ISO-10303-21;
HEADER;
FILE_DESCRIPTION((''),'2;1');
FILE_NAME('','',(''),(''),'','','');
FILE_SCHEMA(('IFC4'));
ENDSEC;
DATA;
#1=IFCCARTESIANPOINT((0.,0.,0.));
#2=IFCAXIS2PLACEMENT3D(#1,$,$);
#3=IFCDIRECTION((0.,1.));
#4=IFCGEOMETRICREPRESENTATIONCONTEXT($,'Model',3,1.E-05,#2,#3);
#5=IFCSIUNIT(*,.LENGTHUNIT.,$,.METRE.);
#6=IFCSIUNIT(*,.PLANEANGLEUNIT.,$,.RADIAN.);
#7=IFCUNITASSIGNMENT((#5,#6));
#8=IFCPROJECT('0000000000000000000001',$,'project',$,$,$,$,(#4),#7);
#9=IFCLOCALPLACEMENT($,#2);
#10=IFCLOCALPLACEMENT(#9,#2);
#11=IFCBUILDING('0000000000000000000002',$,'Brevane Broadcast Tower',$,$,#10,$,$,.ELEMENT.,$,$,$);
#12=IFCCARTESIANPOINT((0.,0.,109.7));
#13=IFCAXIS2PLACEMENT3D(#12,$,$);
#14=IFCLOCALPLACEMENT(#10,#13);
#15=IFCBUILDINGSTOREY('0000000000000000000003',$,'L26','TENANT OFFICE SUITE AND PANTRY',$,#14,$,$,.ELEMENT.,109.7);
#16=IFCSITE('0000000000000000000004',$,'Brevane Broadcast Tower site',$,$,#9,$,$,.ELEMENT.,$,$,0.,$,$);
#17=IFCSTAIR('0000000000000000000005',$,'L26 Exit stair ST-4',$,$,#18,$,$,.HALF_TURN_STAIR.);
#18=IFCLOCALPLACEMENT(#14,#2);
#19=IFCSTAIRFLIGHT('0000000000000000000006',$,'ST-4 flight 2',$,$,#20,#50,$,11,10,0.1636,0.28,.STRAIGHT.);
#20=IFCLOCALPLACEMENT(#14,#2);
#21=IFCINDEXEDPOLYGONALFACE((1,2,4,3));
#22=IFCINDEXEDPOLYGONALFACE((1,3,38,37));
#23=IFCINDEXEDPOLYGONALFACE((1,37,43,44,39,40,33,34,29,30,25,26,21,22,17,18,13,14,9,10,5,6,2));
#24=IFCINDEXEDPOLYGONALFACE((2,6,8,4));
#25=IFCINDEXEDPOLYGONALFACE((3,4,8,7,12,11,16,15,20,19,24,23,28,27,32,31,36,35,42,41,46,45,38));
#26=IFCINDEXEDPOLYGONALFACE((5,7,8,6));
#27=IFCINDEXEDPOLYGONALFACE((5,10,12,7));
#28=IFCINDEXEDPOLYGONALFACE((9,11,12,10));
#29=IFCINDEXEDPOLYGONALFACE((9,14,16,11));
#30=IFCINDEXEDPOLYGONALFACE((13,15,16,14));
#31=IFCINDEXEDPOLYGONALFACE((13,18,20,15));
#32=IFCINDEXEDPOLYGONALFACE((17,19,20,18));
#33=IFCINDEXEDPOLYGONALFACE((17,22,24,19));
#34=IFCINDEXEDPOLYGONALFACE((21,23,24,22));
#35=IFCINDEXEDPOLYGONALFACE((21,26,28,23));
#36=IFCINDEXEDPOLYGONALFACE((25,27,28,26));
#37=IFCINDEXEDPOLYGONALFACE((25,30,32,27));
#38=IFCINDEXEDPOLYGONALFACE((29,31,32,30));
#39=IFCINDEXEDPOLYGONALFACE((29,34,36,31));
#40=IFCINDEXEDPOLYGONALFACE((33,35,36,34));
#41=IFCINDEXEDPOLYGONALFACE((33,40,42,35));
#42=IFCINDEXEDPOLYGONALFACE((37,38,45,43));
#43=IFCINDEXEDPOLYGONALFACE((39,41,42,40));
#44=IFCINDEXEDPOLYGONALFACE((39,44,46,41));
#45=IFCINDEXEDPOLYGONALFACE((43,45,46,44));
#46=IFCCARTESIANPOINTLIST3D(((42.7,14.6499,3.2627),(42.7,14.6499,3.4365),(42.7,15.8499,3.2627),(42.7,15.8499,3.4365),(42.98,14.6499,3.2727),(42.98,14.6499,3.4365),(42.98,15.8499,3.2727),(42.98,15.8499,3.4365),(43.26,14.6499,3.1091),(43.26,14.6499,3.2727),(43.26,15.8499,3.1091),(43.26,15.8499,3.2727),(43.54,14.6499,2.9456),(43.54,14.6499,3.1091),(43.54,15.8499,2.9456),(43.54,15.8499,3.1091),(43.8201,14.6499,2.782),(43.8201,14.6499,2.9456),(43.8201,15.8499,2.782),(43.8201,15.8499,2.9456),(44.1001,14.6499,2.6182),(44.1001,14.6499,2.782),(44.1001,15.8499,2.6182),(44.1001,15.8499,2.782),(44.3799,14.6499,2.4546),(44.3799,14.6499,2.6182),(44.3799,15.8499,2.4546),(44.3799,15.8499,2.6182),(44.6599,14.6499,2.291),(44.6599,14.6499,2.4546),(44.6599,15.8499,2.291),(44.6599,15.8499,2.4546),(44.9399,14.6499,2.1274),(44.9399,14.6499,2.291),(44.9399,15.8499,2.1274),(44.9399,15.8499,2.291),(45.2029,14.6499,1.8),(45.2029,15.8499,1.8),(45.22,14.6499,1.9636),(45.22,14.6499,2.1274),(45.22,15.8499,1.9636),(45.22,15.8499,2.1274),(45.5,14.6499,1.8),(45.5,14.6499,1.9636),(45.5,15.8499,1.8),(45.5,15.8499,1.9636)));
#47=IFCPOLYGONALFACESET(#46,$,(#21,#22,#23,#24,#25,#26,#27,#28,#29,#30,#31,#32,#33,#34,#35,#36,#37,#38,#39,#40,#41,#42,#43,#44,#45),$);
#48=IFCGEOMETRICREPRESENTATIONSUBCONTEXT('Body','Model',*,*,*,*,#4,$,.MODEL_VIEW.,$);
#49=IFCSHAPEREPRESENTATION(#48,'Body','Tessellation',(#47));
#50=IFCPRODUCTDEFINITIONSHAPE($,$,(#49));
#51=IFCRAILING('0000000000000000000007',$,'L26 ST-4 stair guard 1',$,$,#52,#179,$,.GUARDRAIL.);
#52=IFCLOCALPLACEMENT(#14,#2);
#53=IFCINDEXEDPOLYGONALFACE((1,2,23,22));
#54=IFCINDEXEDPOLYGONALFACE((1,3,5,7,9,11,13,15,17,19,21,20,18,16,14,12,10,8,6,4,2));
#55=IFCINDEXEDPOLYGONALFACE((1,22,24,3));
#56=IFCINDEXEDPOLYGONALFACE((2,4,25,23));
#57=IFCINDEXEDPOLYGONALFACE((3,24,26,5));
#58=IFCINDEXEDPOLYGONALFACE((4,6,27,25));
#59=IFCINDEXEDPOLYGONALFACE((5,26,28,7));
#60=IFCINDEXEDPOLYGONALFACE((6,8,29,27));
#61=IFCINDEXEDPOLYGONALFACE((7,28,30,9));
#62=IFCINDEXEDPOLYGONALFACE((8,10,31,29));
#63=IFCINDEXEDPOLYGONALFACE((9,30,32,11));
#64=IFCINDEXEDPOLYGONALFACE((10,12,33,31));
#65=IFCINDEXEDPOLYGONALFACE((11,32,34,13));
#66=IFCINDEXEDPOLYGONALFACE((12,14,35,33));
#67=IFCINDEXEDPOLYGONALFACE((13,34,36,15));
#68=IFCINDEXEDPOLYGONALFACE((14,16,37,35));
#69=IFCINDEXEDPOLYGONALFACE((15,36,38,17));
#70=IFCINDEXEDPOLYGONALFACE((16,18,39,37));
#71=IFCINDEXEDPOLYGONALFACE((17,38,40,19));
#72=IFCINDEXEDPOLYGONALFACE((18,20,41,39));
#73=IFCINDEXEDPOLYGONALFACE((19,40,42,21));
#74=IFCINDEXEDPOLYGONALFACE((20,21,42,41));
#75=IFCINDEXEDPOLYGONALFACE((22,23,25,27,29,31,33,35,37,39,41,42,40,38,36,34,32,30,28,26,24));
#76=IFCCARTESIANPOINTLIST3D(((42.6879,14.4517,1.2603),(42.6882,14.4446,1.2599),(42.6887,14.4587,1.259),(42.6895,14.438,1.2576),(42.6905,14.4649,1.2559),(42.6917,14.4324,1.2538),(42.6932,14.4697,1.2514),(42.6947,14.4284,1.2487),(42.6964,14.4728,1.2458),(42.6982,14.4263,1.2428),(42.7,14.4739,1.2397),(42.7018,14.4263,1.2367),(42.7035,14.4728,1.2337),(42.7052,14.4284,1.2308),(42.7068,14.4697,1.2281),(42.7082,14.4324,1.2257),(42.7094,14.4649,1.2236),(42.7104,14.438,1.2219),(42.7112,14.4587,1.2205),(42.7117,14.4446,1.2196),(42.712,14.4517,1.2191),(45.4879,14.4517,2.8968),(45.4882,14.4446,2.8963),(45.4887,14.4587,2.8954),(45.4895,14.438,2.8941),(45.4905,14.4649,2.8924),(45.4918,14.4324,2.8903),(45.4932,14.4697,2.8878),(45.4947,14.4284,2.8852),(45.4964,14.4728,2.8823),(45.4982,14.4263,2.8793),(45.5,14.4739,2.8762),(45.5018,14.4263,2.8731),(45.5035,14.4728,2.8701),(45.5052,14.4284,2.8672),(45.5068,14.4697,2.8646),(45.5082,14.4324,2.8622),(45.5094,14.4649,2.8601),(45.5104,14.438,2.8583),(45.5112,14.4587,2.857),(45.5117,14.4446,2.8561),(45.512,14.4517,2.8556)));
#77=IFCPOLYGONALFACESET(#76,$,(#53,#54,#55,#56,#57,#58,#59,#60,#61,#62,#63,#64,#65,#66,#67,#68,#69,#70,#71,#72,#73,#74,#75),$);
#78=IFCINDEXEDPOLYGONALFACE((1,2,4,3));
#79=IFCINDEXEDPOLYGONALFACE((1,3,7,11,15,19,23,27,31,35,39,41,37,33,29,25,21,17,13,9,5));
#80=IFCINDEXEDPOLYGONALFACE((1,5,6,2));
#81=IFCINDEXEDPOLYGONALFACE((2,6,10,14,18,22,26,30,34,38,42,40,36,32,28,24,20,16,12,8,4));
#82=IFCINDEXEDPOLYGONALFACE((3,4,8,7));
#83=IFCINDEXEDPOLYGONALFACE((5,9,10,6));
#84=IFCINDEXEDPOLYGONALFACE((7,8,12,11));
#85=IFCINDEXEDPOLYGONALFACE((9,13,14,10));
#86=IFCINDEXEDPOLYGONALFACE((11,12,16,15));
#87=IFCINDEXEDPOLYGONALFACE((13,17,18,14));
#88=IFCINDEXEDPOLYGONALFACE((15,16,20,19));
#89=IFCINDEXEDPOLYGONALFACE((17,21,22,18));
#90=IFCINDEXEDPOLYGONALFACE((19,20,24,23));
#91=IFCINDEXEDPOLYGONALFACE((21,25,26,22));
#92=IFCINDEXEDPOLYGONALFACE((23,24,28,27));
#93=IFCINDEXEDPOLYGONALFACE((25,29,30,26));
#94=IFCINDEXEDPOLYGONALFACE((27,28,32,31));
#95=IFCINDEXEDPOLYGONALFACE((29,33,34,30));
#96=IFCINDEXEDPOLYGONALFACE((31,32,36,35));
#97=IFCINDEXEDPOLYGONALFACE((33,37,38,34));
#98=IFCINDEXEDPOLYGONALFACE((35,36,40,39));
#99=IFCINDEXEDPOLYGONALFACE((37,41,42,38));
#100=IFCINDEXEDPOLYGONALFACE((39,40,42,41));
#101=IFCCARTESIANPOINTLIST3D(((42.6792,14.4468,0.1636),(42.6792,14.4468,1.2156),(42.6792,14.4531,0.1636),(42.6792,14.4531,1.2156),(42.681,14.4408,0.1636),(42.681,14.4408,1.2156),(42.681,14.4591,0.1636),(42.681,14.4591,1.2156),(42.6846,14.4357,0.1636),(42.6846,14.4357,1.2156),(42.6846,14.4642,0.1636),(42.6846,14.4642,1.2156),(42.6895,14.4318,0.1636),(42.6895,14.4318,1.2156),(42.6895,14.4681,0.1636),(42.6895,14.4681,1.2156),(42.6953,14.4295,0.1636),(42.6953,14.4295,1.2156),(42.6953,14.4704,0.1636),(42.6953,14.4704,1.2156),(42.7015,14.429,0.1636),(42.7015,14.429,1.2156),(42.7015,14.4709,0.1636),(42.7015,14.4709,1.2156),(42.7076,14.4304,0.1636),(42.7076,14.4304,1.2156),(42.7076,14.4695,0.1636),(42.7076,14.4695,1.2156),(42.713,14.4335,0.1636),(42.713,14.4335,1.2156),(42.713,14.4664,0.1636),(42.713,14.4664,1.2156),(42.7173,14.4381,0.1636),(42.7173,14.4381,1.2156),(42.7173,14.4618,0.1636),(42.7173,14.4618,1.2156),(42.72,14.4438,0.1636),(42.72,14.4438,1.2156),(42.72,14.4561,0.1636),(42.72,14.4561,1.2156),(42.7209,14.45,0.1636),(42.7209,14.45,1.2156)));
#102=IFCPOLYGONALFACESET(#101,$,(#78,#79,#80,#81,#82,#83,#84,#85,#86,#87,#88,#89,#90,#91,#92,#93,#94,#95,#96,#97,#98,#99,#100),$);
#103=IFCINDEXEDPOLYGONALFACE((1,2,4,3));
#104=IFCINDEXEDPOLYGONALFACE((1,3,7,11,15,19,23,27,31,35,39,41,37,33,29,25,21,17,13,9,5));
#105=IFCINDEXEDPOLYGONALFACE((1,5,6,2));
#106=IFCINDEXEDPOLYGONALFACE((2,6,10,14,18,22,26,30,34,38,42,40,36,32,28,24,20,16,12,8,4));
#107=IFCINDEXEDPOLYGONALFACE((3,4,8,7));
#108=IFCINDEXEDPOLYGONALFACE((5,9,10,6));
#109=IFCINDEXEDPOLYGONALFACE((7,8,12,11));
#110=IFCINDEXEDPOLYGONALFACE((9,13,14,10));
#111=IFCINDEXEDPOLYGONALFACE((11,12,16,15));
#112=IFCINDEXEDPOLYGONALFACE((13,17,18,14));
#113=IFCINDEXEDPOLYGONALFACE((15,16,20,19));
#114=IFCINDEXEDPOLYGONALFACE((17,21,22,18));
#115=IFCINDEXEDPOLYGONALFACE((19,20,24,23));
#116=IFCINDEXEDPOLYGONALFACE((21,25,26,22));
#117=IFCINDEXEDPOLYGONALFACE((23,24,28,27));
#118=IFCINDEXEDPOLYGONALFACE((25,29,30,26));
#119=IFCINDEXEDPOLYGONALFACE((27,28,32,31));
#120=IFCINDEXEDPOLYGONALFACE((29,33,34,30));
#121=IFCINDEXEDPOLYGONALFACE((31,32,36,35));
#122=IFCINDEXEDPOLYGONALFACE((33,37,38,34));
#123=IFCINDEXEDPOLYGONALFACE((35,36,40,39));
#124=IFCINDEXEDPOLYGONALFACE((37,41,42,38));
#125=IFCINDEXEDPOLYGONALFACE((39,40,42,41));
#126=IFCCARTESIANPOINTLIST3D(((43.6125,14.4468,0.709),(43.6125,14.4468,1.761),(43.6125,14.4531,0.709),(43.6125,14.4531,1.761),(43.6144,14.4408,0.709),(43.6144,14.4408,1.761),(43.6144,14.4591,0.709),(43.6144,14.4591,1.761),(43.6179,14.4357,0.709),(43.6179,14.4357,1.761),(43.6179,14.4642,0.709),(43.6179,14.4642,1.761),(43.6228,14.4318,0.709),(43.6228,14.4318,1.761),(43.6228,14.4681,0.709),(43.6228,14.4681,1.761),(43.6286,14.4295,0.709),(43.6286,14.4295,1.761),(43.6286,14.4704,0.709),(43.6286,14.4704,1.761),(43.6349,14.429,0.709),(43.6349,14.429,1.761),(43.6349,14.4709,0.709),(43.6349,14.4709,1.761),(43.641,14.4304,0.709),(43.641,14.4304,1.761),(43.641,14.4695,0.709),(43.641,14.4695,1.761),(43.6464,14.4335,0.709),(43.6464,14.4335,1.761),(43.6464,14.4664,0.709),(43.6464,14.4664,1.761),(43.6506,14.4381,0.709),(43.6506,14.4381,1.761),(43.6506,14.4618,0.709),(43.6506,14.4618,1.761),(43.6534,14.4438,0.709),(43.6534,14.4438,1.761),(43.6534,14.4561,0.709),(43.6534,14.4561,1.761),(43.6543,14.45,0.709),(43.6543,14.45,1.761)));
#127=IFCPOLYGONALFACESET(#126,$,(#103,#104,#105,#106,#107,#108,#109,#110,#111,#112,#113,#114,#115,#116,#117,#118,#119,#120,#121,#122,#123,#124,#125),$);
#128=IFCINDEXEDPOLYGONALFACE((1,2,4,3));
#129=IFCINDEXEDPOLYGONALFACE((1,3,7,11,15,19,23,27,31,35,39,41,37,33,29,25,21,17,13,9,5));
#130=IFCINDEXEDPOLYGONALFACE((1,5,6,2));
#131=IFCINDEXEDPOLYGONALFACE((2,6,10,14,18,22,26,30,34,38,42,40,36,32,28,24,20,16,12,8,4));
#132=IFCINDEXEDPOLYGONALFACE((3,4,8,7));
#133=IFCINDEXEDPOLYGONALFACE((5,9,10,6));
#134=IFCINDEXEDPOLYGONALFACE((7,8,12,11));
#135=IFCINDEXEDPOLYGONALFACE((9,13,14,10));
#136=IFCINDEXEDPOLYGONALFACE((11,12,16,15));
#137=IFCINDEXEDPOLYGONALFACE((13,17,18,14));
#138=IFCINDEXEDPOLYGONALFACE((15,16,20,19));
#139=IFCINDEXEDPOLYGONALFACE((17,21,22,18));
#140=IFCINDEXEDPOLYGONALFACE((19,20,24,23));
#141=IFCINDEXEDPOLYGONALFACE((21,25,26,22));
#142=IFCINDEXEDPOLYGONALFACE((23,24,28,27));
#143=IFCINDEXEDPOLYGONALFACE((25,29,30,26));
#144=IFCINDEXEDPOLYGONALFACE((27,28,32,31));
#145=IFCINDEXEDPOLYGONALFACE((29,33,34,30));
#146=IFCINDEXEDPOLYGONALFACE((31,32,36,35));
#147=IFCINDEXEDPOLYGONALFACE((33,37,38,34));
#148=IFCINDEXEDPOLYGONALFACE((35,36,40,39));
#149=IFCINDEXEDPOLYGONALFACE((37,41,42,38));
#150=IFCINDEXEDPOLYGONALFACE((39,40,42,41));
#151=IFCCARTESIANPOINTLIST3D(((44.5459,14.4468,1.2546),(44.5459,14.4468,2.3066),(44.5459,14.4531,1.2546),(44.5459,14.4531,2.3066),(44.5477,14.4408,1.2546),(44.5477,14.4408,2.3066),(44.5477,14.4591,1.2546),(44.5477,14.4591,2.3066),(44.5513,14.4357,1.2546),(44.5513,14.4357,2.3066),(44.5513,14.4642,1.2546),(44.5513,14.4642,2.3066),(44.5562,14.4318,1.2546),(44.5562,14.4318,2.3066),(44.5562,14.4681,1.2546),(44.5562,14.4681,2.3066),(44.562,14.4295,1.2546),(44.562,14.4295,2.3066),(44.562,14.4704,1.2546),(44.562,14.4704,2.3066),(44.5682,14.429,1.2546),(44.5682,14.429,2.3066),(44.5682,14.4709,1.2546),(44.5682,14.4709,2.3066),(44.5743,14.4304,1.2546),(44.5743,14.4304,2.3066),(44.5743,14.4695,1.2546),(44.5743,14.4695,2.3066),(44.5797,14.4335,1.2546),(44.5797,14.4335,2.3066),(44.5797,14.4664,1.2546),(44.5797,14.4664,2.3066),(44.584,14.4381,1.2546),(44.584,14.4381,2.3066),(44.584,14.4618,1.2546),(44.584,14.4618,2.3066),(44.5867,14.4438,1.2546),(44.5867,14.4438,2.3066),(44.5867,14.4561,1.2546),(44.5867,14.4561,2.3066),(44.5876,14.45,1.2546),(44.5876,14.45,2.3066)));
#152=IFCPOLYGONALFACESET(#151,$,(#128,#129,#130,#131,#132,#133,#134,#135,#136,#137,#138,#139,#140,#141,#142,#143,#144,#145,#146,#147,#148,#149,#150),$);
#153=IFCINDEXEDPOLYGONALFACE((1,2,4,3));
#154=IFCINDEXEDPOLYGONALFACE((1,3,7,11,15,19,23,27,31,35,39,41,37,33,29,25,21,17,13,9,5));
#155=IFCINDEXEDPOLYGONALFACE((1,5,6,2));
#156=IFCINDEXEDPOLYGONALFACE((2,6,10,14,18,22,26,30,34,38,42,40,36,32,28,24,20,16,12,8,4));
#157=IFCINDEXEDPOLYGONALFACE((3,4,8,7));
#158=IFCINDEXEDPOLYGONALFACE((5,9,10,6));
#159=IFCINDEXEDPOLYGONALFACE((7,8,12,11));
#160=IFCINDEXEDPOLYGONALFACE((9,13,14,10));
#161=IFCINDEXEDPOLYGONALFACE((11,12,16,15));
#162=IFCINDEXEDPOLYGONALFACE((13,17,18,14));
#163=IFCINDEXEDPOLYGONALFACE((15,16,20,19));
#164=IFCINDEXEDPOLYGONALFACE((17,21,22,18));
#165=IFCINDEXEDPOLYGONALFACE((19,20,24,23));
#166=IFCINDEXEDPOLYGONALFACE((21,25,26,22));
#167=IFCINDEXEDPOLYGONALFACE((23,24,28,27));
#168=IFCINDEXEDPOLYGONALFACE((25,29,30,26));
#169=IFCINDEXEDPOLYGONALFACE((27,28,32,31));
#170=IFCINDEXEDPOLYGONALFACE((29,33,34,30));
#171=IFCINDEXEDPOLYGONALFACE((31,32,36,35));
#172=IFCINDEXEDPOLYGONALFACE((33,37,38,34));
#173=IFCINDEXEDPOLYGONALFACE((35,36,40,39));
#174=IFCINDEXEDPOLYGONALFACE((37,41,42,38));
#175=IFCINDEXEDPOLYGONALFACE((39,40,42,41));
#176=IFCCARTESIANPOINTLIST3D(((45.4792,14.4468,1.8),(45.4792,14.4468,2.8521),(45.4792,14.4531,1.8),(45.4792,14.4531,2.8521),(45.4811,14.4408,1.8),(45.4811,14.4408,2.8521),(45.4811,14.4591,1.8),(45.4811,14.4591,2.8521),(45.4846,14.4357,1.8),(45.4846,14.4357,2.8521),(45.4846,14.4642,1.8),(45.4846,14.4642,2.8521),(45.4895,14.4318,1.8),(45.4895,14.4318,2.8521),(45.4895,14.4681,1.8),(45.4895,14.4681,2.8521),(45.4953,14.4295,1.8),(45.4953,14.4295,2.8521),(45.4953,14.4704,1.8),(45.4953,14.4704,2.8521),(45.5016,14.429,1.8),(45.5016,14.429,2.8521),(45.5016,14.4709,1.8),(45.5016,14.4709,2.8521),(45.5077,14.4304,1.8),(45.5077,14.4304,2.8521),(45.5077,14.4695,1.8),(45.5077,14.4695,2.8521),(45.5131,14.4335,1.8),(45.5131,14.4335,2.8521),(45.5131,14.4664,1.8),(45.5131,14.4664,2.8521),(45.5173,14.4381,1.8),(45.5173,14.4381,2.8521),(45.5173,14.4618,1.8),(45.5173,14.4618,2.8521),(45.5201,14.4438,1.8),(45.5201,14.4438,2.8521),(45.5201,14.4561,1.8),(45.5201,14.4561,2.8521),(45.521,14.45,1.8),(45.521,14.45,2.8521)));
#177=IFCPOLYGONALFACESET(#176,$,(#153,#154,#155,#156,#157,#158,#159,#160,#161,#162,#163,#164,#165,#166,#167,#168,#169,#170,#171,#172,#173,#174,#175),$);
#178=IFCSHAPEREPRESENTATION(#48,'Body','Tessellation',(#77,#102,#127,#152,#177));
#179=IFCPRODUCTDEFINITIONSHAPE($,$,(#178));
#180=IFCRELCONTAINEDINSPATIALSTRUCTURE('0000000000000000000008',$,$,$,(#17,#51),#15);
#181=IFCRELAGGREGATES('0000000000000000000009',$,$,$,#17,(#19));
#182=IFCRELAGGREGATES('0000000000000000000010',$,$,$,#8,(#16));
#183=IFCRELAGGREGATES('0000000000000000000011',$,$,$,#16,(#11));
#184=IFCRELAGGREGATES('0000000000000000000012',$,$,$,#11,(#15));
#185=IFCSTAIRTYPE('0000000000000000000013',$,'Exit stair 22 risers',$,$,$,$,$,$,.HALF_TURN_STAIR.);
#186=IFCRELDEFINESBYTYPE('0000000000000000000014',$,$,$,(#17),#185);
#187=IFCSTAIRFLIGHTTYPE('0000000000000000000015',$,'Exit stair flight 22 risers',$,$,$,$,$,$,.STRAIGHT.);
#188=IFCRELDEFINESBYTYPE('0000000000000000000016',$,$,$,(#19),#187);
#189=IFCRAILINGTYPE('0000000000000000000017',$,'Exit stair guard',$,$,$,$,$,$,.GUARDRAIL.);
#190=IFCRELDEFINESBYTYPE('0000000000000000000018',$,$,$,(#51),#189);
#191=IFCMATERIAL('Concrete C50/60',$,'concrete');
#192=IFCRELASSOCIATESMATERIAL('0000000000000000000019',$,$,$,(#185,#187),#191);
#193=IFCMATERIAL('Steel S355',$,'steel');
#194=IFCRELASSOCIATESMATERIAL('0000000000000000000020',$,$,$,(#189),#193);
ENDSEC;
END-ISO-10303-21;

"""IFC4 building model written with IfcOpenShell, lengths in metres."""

from ifc_helpers import new_model, si_unit, direction, frame, origin, origin_2d, place, context, subcontext, project, spatial, polyline, circle, outline, extrude, material, type_object, element, aggregate, save


model = new_model("IFC4")

# Units and contexts
model_context = context("Model", 3, precision=1e-05, world=origin(), true_north=direction((0.0, 1.0)))
body_context = subcontext(model_context, "Body", "Model", "MODEL_VIEW")
ifc_project = project(units=[si_unit("LENGTHUNIT", "METRE"), si_unit("PLANEANGLEUNIT", "RADIAN")], contexts=[model_context])

# Site, building, storey
site_placement = place(None, origin())
site = spatial("IfcSite", under=ifc_project, at=site_placement, Name="Brevane Broadcast Tower site", CompositionType="ELEMENT", RefElevation=0.0)
building_placement = place(site_placement, origin())
building = spatial("IfcBuilding", under=site, at=building_placement, Name="Brevane Broadcast Tower", CompositionType="ELEMENT")
storey_placement = place(building_placement, frame((0.0, 0.0, 109.7)))
storey = spatial("IfcBuildingStorey", under=building, at=storey_placement, Name="L26", Description="TENANT OFFICE SUITE AND PANTRY", CompositionType="ELEMENT", Elevation=109.7)

# Stair, stair flight
ifc_material_1 = material(Name="Concrete C50/60", Category="concrete")
stair_type = type_object("IfcStairType", Name="Exit stair 22 risers", PredefinedType="HALF_TURN_STAIR", material=ifc_material_1)
stair_placement = place(storey_placement, origin())
stair = element("IfcStair", 1, at=stair_placement, inside=storey, type_object=stair_type, Name="L26 Exit stair ST-4", PredefinedType="HALF_TURN_STAIR")
stair_flight_type = type_object("IfcStairFlightType", Name="Exit stair flight 22 risers", PredefinedType="STRAIGHT", material=ifc_material_1)
stair_flight_1_placement = place(storey_placement, frame((45.5, 15.25, 1.8), z_axis=(0.0, 0.0, 1.0), x_axis=(-1.0, 0.0, 0.0)))
stair_flight_1 = element("IfcStairFlight", 2, at=stair_flight_1_placement, type_object=stair_flight_type, Name="ST-4 flight 2", NumberOfRisers=11, NumberOfTreads=10, PredefinedType="STRAIGHT", RiserHeight=0.1636, TreadLength=0.28, context=body_context, shape_type="SweptSolid", body=[
    extrude(outline(polyline([(0.0, 0.0), (0.0, 0.1636), (0.28, 0.1636), (0.28, 0.3274), (0.5601, 0.3274), (0.5601, 0.491), (0.8401, 0.491), (0.8401, 0.6545), (1.1201, 0.6545), (1.1201, 0.8181), (1.3999, 0.8181), (1.3999, 0.9819), (1.6799, 0.9819), (1.6799, 1.1455), (1.96, 1.1455), (1.96, 1.3091), (2.24, 1.3091), (2.24, 1.4727), (2.52, 1.4727), (2.52, 1.6365), (2.8, 1.6365), (2.8, 1.8), (2.8, 1.4626), (0.2971, 0.0), (0.0, 0.0)])), frame((0.0, 0.6001, 0.0), z_axis=(0.0, -1.0, 0.0), x_axis=(1.0, 0.0, 0.0)), (0.0, 0.0, 1.0), 1.2),
])
aggregate(stair, [stair_flight_1])

# Railing
ifc_material_2 = material(Name="Steel S355", Category="steel")
railing_type_1 = type_object("IfcRailingType", Name="Exit stair guard", PredefinedType="GUARDRAIL", material=ifc_material_2)
railing_1_placement = place(storey_placement, frame((42.7, 14.45, 0.1636)))
element("IfcRailing", 3, at=railing_1_placement, inside=storey, type_object=railing_type_1, Name="L26 ST-4 stair guard 1", PredefinedType="GUARDRAIL", context=body_context, shape_type="SweptSolid", body=[
    extrude(circle(Radius=0.0239, at=origin_2d()), frame((0.0, 0.0, 1.0762), z_axis=(0.863361, 0.0, 0.504587), x_axis=(0.0, 1.0, 0.0)), (0.0, 0.0, 1.0), 3.2432),
    extrude(circle(Radius=0.021, at=origin_2d()), origin(), (0.0, 0.0, 1.0), 1.052),
    extrude(circle(Radius=0.021, at=origin_2d()), frame((0.9333, 0.0, 0.5454)), (0.0, 0.0, 1.0), 1.052),
    extrude(circle(Radius=0.021, at=origin_2d()), frame((1.8667, 0.0, 1.0911)), (0.0, 0.0, 1.0), 1.052),
    extrude(circle(Radius=0.021, at=origin_2d()), frame((2.8, 0.0, 1.6365)), (0.0, 0.0, 1.0), 1.052),
])

save(model, "model.ifc")
